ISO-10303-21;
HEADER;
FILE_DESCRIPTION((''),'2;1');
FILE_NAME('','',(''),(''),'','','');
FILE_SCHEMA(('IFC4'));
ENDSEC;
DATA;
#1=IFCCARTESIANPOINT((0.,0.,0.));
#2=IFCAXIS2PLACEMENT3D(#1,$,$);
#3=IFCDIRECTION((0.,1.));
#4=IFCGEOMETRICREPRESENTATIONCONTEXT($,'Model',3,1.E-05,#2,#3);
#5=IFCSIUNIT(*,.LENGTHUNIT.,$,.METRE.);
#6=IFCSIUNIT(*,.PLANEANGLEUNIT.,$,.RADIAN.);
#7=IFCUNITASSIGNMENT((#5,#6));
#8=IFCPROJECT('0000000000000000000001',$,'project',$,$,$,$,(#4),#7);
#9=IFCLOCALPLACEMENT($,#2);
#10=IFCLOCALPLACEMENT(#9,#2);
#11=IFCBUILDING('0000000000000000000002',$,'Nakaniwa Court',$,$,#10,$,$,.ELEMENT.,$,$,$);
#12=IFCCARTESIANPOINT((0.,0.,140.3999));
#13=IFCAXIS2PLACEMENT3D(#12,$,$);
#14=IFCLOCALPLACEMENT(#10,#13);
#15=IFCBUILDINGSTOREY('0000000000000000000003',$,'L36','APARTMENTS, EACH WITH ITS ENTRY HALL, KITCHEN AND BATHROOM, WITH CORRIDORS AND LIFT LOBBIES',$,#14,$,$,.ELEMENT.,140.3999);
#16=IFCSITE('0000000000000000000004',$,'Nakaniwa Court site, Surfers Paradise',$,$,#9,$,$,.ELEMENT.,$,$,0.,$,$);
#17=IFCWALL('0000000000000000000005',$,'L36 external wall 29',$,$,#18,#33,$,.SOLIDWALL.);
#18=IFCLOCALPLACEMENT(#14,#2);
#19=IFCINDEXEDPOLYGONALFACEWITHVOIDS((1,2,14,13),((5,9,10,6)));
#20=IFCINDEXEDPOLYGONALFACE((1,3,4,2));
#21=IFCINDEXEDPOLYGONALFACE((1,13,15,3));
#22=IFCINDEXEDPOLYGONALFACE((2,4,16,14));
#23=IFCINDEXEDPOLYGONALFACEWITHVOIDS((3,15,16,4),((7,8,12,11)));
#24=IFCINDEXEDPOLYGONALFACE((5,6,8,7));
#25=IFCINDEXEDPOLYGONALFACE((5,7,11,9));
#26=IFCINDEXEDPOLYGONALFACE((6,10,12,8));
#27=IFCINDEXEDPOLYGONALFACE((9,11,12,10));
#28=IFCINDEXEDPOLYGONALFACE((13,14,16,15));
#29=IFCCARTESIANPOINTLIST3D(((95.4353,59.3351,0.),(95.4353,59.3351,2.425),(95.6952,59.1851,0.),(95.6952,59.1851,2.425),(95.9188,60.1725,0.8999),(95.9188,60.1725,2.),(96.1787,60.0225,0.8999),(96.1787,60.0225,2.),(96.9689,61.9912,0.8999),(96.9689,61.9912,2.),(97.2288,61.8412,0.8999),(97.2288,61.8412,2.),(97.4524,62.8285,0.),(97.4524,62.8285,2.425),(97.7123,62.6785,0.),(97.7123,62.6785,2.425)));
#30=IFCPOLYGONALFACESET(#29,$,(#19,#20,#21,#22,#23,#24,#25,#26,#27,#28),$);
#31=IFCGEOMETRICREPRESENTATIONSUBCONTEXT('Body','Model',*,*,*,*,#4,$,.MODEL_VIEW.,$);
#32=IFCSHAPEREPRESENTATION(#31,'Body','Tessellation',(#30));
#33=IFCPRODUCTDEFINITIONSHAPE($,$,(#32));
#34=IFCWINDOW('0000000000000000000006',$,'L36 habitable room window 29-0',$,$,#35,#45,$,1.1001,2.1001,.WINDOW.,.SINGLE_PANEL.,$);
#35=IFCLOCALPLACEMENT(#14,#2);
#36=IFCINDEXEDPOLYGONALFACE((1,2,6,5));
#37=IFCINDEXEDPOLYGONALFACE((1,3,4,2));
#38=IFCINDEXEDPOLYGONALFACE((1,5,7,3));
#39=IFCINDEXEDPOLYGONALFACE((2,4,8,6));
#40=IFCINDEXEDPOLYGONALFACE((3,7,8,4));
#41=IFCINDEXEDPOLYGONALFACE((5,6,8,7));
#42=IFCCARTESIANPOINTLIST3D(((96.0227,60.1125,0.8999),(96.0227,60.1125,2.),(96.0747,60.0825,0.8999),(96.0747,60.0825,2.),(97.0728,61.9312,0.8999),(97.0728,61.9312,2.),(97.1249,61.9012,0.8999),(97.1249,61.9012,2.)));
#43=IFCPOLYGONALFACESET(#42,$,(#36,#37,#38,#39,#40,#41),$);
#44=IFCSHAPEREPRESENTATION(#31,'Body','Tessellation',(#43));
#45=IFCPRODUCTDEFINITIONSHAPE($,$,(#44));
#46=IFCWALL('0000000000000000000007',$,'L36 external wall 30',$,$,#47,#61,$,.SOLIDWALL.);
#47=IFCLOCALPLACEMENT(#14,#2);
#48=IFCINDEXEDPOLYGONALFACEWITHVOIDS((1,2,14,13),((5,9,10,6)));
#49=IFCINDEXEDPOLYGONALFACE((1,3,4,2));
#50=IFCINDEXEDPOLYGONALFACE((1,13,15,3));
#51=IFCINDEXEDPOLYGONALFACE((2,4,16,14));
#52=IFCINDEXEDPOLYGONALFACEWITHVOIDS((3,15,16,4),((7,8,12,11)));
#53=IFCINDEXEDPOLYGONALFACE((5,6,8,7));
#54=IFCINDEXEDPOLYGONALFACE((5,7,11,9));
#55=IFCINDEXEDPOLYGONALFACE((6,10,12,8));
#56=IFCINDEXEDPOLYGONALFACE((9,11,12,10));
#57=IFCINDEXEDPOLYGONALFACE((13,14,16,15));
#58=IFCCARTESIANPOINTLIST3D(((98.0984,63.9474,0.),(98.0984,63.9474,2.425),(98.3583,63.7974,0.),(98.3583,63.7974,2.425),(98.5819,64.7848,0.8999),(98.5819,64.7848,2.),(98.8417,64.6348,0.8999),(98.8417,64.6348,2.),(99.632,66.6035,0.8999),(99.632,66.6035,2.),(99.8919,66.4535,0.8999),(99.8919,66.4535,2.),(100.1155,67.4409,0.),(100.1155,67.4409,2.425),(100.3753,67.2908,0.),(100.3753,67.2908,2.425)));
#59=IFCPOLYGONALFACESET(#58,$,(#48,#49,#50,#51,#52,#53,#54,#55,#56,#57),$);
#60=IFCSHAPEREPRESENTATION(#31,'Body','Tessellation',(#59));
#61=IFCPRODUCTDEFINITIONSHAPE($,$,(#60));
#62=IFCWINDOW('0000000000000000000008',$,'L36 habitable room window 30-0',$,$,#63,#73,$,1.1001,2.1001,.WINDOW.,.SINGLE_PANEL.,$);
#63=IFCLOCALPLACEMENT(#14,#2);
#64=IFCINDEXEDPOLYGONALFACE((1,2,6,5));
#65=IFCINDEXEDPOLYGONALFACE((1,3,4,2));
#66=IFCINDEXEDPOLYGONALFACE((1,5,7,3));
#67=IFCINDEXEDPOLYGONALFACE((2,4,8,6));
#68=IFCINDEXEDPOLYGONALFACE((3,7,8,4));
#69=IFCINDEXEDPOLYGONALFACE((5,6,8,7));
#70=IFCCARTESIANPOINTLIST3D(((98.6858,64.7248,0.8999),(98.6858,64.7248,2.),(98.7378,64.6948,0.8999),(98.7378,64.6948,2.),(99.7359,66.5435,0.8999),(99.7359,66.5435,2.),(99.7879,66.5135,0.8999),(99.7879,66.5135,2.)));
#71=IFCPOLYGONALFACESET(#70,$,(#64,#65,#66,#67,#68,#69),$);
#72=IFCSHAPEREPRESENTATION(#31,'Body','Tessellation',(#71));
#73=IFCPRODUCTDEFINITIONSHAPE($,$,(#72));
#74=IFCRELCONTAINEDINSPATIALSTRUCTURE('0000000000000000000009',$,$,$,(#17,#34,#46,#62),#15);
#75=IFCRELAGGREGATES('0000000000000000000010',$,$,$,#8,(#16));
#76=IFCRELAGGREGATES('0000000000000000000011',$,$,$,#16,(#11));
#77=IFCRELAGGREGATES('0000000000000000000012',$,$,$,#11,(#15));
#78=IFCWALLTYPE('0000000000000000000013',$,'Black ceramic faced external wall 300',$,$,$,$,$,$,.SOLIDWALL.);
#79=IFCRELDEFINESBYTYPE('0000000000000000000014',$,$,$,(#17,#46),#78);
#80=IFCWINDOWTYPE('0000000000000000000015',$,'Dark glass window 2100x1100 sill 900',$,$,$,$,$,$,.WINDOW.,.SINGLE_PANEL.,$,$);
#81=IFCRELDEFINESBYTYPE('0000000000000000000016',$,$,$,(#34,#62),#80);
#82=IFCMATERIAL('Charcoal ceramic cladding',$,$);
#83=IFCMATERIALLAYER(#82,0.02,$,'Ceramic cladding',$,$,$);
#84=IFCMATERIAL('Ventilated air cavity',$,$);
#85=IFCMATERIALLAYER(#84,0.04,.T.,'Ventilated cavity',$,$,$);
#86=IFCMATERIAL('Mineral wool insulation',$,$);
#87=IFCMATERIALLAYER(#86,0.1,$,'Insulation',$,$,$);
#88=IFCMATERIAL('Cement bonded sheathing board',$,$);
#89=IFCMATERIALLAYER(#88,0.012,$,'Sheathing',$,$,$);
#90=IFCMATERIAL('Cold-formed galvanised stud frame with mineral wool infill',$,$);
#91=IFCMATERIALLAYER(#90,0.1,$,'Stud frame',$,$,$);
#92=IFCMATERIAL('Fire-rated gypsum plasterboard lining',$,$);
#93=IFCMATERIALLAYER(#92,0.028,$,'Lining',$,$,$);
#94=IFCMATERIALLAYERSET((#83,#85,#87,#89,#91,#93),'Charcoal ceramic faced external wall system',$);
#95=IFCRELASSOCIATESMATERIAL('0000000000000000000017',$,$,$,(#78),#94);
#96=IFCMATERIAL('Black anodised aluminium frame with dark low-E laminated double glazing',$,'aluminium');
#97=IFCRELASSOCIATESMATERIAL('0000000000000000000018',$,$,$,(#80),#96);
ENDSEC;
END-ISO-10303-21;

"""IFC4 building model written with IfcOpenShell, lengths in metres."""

from ifc_helpers import new_model, si_unit, direction, frame, frame_2d, origin, place, context, subcontext, project, spatial, rectangle, extrude, material, layer, layer_set, type_object, element, fill, save


model = new_model("IFC4")

# Units and contexts
model_context = context("Model", 3, precision=1e-05, world=origin(), true_north=direction((0.0, 1.0)))
body_context = subcontext(model_context, "Body", "Model", "MODEL_VIEW")
ifc_project = project(units=[si_unit("LENGTHUNIT", "METRE"), si_unit("PLANEANGLEUNIT", "RADIAN")], contexts=[model_context])

# Site, building, storey
site_placement = place(None, origin())
site = spatial("IfcSite", under=ifc_project, at=site_placement, Name="Nakaniwa Court site, Surfers Paradise", CompositionType="ELEMENT", RefElevation=0.0)
building_placement = place(site_placement, origin())
building = spatial("IfcBuilding", under=site, at=building_placement, Name="Nakaniwa Court", CompositionType="ELEMENT")
storey_placement = place(building_placement, frame((0.0, 0.0, 140.3999)))
storey = spatial("IfcBuildingStorey", under=building, at=storey_placement, Name="L36", Description="APARTMENTS, EACH WITH ITS ENTRY HALL, KITCHEN AND BATHROOM, WITH CORRIDORS AND LIFT LOBBIES", CompositionType="ELEMENT", Elevation=140.3999)

# Shared definitions
ifc_material_1 = material(Name="Charcoal ceramic cladding")
ifc_layer_1 = layer(ifc_material_1, 0.02, Name="Ceramic cladding")
ifc_material_2 = material(Name="Ventilated air cavity")
ifc_layer_2 = layer(ifc_material_2, 0.04, ventilated=True, Name="Ventilated cavity")
ifc_material_3 = material(Name="Mineral wool insulation")
ifc_layer_3 = layer(ifc_material_3, 0.1, Name="Insulation")
ifc_material_4 = material(Name="Cement bonded sheathing board")
ifc_layer_4 = layer(ifc_material_4, 0.012, Name="Sheathing")
ifc_material_5 = material(Name="Cold-formed galvanised stud frame with mineral wool infill")
ifc_layer_5 = layer(ifc_material_5, 0.1, Name="Stud frame")
ifc_material_6 = material(Name="Fire-rated gypsum plasterboard lining")
ifc_layer_6 = layer(ifc_material_6, 0.028, Name="Lining")
ifc_layer_set_1 = layer_set([ifc_layer_1, ifc_layer_2, ifc_layer_3, ifc_layer_4, ifc_layer_5, ifc_layer_6], Name="Charcoal ceramic faced external wall system")
wall_type_1 = type_object("IfcWallType", Name="Black ceramic faced external wall 300", PredefinedType="SOLIDWALL", material=ifc_layer_set_1)

# Walls, openings, windows
ifc_material_7 = material(Name="Black anodised aluminium frame with dark low-E laminated double glazing", Category="aluminium")
wall_1_placement = place(storey_placement, frame((95.5652, 59.26, 0.0), z_axis=(0.0, 0.0, 1.0), x_axis=(0.500032, 0.866007, 0.0)))
wall_1 = element("IfcWall", 1, at=wall_1_placement, inside=storey, type_object=wall_type_1, Name="L36 external wall 29", PredefinedType="SOLIDWALL", context=body_context, shape_type="SweptSolid", body=[
    extrude(rectangle(XDim=4.0339, YDim=0.3, at=frame_2d((2.0171, 0.0))), origin(), (0.0, 0.0, 1.0), 2.425),
])
opening_1_placement = place(wall_1_placement, frame((0.967, 0.0, 0.8999)))
opening_1 = element("IfcOpeningElement", 2, at=opening_1_placement, cuts=wall_1, PredefinedType="OPENING", context=body_context, shape_type="SweptSolid", body=[
    extrude(rectangle(XDim=2.1001, YDim=1.1001, at=frame_2d((1.05, 0.55))), frame((0.0, 0.1599, 0.0), z_axis=(0.0, -1.0, 0.0), x_axis=(1.0, 0.0, 0.0)), (0.0, 0.0, 1.0), 0.3201),
])
window_type_1 = type_object("IfcWindowType", Name="Dark glass window 2100x1100 sill 900", PartitioningType="SINGLE_PANEL", PredefinedType="WINDOW", material=ifc_material_7)
window_1_placement = place(opening_1_placement, origin())
window_1 = element("IfcWindow", 3, at=window_1_placement, inside=storey, type_object=window_type_1, Name="L36 habitable room window 29-0", OverallHeight=1.1001, OverallWidth=2.1001, PartitioningType="SINGLE_PANEL", PredefinedType="WINDOW", context=body_context, shape_type="SweptSolid", body=[
    extrude(rectangle(XDim=2.1001, YDim=1.1001, at=frame_2d((1.05, 0.55))), frame((0.0, 0.03, 0.0), z_axis=(0.0, -1.0, 0.0), x_axis=(1.0, 0.0, 0.0)), (0.0, 0.0, 1.0), 0.0601),
])
fill(opening_1, window_1)
wall_2_placement = place(storey_placement, frame((98.2283, 63.8723, 0.0), z_axis=(0.0, 0.0, 1.0), x_axis=(0.500032, 0.866007, 0.0)))
wall_2 = element("IfcWall", 4, at=wall_2_placement, inside=storey, type_object=wall_type_1, Name="L36 external wall 30", PredefinedType="SOLIDWALL", context=body_context, shape_type="SweptSolid", body=[
    extrude(rectangle(XDim=4.0339, YDim=0.3, at=frame_2d((2.0171, 0.0))), origin(), (0.0, 0.0, 1.0), 2.425),
])
opening_2_placement = place(wall_2_placement, frame((0.967, 0.0, 0.8999)))
opening_2 = element("IfcOpeningElement", 5, at=opening_2_placement, cuts=wall_2, PredefinedType="OPENING", context=body_context, shape_type="SweptSolid", body=[
    extrude(rectangle(XDim=2.1001, YDim=1.1001, at=frame_2d((1.05, 0.55))), frame((0.0, 0.1599, 0.0), z_axis=(0.0, -1.0, 0.0), x_axis=(1.0, 0.0, 0.0)), (0.0, 0.0, 1.0), 0.3201),
])
window_2_placement = place(opening_2_placement, origin())
window_2 = element("IfcWindow", 6, at=window_2_placement, inside=storey, type_object=window_type_1, Name="L36 habitable room window 30-0", OverallHeight=1.1001, OverallWidth=2.1001, PartitioningType="SINGLE_PANEL", PredefinedType="WINDOW", context=body_context, shape_type="SweptSolid", body=[
    extrude(rectangle(XDim=2.1001, YDim=1.1001, at=frame_2d((1.05, 0.55))), frame((0.0, 0.03, 0.0), z_axis=(0.0, -1.0, 0.0), x_axis=(1.0, 0.0, 0.0)), (0.0, 0.0, 1.0), 0.0601),
])
fill(opening_2, window_2)

save(model, "model.ifc")
